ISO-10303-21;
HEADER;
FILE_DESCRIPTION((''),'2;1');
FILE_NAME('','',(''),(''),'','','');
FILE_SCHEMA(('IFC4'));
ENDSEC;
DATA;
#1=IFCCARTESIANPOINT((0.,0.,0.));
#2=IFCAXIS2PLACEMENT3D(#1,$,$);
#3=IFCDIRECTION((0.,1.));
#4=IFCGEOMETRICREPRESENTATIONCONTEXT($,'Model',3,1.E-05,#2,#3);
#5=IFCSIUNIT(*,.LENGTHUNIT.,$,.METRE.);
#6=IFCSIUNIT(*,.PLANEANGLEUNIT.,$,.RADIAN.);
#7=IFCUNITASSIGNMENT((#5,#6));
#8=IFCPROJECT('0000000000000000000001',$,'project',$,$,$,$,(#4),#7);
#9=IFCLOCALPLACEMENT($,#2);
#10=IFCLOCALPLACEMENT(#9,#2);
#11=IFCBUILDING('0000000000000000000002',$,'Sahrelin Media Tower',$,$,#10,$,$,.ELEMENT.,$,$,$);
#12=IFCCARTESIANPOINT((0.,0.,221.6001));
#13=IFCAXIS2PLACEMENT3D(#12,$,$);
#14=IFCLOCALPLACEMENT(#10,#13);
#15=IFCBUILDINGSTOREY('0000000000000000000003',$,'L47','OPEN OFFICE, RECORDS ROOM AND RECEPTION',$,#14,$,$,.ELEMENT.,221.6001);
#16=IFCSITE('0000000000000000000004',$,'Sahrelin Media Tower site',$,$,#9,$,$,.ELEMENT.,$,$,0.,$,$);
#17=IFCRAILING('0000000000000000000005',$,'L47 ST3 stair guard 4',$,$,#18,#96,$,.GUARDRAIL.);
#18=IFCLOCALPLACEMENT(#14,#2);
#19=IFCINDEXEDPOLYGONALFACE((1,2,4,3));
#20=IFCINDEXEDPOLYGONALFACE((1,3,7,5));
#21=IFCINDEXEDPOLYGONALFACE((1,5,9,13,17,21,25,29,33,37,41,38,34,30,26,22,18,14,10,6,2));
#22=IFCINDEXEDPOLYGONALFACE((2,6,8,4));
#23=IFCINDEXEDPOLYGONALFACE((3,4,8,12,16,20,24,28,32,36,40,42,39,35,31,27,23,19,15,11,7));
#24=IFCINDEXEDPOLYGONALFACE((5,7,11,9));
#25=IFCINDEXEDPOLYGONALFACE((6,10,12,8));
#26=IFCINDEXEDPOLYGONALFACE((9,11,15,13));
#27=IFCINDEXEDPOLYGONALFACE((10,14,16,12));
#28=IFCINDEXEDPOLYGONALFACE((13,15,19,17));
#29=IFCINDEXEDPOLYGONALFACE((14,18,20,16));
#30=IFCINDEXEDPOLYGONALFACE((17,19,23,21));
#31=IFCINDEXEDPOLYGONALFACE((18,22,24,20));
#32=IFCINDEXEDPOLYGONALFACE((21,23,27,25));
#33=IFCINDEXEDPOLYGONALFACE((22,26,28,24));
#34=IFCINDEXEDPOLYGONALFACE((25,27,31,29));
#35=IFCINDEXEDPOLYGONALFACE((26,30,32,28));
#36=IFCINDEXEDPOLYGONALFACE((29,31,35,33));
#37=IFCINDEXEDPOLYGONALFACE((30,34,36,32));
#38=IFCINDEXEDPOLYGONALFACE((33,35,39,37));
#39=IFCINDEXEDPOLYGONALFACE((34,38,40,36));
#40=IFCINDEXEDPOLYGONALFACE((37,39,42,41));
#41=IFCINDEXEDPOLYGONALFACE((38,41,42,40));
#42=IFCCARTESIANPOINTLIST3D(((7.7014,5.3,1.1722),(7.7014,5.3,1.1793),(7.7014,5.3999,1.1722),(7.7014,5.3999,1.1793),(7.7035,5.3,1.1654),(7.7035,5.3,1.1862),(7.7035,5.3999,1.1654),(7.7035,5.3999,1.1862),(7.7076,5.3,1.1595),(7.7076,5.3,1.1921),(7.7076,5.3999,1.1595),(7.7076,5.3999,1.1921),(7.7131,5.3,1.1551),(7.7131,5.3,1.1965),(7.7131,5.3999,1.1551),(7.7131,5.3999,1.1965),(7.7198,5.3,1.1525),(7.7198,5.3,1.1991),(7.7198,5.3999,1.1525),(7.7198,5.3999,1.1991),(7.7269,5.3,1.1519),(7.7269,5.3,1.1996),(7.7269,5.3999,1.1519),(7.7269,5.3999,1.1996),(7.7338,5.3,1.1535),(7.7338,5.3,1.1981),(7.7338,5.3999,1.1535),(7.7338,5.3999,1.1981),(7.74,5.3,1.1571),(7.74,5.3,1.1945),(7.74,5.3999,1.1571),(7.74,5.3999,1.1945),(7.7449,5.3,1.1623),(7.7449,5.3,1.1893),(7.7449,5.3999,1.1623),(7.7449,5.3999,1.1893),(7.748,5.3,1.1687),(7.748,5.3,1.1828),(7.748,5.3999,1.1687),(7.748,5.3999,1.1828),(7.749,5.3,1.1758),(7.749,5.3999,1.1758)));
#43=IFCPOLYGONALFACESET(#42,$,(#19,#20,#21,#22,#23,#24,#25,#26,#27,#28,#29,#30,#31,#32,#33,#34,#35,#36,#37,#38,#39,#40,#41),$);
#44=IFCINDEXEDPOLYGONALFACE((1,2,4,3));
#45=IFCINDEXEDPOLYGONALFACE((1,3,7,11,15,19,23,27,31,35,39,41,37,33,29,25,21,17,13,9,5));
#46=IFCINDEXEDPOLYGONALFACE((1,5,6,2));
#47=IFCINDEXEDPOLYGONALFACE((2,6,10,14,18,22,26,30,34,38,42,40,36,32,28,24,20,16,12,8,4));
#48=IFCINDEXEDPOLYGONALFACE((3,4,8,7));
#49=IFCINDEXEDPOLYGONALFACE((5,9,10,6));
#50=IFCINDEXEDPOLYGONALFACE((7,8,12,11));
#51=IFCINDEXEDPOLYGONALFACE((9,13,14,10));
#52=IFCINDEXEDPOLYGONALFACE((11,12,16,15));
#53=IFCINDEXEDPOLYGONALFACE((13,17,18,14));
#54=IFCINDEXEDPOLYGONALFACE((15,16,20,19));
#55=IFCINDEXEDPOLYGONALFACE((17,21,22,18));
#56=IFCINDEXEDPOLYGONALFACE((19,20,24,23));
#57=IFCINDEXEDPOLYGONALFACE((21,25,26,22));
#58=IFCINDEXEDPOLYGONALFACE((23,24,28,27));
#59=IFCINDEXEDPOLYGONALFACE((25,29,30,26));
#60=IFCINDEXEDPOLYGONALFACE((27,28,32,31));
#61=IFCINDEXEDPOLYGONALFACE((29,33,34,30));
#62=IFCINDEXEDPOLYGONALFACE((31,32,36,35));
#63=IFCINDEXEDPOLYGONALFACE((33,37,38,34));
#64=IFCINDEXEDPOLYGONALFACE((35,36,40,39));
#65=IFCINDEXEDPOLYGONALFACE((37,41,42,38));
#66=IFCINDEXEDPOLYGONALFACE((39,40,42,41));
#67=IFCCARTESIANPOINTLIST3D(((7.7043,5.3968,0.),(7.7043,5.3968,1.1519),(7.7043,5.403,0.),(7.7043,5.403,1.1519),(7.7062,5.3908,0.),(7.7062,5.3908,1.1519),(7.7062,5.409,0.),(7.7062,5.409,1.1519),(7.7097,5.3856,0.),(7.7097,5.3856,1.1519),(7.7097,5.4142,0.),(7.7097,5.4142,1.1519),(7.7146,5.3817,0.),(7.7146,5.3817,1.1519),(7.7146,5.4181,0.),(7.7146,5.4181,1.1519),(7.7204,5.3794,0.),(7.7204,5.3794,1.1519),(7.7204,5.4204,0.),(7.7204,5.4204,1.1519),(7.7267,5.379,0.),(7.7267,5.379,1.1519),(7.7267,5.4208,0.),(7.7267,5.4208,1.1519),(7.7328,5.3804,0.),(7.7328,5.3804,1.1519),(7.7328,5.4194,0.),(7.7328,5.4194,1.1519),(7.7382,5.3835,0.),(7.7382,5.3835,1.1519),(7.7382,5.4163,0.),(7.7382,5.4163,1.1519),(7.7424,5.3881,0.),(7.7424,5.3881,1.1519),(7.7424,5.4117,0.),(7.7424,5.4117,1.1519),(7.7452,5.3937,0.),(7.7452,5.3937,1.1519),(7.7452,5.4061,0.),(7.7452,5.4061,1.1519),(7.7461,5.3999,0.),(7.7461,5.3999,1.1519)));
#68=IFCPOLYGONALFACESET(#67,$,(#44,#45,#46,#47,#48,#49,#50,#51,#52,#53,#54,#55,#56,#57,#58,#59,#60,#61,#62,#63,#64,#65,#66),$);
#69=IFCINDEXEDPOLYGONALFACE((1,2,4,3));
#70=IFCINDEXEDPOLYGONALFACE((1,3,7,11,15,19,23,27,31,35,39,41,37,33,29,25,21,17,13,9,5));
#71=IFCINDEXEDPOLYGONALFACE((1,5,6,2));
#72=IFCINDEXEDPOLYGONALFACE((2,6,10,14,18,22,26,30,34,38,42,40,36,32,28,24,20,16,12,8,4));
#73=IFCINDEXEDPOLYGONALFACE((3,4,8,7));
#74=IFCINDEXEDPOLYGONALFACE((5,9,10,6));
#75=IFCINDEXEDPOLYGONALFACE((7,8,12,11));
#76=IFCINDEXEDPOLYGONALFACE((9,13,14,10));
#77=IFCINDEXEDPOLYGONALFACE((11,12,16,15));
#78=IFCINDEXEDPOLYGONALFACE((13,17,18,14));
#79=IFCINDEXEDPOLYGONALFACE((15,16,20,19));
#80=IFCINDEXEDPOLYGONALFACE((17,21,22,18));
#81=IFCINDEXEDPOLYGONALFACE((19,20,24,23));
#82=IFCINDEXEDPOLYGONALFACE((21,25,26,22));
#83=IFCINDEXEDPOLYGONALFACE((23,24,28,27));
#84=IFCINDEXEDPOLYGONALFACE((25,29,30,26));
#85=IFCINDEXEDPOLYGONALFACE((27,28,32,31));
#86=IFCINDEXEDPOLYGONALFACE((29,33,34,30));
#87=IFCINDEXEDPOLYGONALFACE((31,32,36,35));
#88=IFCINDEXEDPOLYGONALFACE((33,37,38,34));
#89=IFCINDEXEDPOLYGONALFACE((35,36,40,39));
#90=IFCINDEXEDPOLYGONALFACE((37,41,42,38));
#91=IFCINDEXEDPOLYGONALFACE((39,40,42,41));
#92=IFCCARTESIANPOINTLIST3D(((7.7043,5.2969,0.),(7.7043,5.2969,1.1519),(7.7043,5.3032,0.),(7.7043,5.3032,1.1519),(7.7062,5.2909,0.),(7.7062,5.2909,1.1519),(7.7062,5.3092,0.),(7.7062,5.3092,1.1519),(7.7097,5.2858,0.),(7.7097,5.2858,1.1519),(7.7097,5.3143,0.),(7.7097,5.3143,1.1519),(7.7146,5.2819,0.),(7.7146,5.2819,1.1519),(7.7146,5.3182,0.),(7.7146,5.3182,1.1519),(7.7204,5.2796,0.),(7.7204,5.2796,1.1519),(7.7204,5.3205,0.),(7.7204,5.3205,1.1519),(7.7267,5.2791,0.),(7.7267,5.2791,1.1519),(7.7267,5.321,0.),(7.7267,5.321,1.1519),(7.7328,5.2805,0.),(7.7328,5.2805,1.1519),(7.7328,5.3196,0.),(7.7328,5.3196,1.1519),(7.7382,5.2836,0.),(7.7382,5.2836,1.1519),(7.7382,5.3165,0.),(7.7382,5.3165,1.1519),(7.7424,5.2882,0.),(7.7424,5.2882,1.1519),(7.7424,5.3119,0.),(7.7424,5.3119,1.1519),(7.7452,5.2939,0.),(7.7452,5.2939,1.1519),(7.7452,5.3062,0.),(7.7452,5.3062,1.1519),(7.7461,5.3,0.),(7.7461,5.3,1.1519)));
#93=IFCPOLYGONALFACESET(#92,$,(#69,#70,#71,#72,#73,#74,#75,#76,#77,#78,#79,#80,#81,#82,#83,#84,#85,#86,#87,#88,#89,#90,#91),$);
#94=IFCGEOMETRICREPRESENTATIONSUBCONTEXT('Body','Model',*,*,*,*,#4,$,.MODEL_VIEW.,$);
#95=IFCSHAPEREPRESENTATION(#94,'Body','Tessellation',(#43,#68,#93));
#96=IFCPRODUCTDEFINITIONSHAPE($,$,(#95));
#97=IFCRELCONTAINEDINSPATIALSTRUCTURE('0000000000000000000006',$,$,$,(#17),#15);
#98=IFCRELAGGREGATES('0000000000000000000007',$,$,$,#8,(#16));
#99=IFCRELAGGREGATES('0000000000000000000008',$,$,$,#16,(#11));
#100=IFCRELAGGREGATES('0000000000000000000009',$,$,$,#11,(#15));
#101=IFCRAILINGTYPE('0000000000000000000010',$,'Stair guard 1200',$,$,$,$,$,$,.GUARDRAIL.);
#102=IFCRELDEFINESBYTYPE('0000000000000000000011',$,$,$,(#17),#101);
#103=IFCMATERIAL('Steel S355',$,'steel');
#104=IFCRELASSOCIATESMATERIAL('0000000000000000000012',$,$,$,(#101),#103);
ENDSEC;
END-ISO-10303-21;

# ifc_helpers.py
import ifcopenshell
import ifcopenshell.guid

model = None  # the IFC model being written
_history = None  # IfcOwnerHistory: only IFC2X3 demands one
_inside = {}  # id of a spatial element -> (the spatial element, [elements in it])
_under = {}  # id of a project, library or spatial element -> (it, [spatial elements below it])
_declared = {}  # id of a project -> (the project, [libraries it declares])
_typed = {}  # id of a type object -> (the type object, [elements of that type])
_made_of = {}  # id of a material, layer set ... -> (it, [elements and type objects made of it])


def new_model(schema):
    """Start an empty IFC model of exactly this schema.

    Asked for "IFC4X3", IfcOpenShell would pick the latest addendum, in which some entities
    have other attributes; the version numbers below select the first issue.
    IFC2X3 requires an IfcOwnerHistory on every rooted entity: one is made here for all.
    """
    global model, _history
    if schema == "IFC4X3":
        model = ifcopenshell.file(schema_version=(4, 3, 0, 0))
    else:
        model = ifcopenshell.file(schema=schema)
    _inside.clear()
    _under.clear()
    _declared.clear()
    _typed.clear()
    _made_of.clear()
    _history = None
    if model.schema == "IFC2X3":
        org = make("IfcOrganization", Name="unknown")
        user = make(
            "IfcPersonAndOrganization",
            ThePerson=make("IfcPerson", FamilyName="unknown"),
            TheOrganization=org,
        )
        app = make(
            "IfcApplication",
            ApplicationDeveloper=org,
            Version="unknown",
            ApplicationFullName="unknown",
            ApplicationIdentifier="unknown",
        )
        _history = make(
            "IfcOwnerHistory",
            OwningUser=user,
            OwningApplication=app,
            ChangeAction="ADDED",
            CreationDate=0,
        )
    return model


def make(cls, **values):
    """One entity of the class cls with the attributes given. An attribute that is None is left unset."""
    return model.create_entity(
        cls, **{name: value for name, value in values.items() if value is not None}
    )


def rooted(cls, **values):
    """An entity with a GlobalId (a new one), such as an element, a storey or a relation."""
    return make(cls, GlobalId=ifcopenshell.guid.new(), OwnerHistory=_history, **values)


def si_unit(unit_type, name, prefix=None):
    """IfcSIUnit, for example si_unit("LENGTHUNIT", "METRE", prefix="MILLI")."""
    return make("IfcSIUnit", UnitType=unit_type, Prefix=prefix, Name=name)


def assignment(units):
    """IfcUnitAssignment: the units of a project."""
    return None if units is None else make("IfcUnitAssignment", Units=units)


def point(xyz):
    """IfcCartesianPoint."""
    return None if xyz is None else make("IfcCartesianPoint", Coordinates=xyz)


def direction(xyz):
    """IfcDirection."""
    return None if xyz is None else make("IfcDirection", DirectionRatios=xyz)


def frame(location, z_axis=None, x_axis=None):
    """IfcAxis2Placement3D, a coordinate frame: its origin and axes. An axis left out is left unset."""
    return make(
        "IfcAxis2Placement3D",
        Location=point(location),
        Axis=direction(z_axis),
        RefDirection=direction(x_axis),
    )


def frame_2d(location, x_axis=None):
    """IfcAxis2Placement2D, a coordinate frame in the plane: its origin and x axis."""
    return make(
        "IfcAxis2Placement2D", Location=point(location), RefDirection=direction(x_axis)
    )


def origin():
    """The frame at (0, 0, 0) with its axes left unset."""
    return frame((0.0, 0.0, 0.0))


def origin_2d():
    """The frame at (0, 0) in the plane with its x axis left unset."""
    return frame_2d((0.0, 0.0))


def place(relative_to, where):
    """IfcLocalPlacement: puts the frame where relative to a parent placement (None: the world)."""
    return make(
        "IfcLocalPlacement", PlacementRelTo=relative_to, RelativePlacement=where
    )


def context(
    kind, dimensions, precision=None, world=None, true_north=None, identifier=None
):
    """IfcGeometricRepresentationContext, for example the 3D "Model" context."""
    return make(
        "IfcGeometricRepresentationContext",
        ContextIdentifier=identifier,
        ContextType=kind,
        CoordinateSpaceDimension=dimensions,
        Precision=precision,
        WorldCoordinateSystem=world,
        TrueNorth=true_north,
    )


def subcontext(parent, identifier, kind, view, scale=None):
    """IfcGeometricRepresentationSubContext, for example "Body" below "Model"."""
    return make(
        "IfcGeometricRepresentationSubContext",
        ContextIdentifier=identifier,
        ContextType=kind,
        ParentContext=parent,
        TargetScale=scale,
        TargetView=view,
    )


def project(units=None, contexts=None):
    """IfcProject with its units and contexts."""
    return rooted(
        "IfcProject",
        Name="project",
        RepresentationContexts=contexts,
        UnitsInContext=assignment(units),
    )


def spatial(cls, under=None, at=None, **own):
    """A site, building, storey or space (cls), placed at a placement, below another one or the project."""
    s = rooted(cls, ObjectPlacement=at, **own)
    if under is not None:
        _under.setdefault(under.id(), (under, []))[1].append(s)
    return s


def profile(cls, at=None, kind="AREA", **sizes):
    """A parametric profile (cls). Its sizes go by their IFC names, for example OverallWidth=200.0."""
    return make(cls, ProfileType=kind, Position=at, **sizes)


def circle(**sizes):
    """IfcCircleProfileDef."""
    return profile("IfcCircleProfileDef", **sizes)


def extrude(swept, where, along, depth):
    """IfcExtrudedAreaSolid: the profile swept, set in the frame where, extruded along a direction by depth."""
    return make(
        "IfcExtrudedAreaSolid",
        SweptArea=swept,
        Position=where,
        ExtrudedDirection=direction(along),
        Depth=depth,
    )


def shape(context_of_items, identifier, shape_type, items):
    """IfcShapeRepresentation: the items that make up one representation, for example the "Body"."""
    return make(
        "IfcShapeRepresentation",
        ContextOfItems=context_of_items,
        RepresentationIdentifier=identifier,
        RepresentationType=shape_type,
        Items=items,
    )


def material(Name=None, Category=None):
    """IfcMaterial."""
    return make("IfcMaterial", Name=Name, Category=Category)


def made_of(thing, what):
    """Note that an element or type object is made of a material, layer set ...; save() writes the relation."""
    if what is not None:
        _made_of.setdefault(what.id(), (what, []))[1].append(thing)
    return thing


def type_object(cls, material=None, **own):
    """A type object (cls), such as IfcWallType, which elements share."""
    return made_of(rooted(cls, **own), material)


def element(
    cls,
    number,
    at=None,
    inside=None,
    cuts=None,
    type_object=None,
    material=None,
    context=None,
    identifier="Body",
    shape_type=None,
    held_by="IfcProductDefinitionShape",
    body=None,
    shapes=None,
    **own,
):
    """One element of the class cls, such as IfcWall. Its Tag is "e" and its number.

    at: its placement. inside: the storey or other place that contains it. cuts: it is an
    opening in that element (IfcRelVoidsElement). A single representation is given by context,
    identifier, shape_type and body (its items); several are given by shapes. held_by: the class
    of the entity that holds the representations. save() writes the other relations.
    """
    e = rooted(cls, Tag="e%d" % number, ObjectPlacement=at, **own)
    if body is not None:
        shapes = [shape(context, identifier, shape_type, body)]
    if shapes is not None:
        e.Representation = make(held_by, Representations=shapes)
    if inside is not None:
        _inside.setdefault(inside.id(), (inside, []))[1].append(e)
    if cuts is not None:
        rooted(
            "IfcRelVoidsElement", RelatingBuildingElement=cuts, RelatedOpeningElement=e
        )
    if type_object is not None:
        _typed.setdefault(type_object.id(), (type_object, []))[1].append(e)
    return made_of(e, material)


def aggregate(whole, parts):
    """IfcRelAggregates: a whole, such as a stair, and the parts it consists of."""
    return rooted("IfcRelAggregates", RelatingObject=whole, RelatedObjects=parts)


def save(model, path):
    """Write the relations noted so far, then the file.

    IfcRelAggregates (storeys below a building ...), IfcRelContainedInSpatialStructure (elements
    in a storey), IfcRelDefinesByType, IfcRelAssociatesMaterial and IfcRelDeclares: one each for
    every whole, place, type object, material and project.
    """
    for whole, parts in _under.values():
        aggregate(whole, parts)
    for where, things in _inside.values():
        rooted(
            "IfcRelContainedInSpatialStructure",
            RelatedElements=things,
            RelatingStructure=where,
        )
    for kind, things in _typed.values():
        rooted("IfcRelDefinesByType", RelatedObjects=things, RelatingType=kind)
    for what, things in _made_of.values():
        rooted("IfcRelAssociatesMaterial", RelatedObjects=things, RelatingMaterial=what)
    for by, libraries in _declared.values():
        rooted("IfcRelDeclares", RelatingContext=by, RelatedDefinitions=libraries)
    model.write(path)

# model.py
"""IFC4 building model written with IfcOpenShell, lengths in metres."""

from ifc_helpers import new_model, si_unit, direction, frame, origin, origin_2d, place, context, subcontext, project, spatial, circle, extrude, material, type_object, element, save


model = new_model("IFC4")

# Units and contexts
model_context = context("Model", 3, precision=1e-05, world=origin(), true_north=direction((0.0, 1.0)))
body_context = subcontext(model_context, "Body", "Model", "MODEL_VIEW")
ifc_project = project(units=[si_unit("LENGTHUNIT", "METRE"), si_unit("PLANEANGLEUNIT", "RADIAN")], contexts=[model_context])

# Site, building, storey
site_placement = place(None, origin())
site = spatial("IfcSite", under=ifc_project, at=site_placement, Name="Sahrelin Media Tower site", CompositionType="ELEMENT", RefElevation=0.0)
building_placement = place(site_placement, origin())
building = spatial("IfcBuilding", under=site, at=building_placement, Name="Sahrelin Media Tower", CompositionType="ELEMENT")
storey_placement = place(building_placement, frame((0.0, 0.0, 221.6001)))
storey = spatial("IfcBuildingStorey", under=building, at=storey_placement, Name="L47", Description="OPEN OFFICE, RECORDS ROOM AND RECEPTION", CompositionType="ELEMENT", Elevation=221.6001)

# Shared definitions
ifc_material_1 = material(Name="Steel S355", Category="steel")

# Railing
railing_type_1 = type_object("IfcRailingType", Name="Stair guard 1200", PredefinedType="GUARDRAIL", material=ifc_material_1)
railing_1_placement = place(storey_placement, frame((7.7251, 5.3999, 0.0)))
element("IfcRailing", 1, at=railing_1_placement, inside=storey, type_object=railing_type_1, Name="L47 ST3 stair guard 4", PredefinedType="GUARDRAIL", context=body_context, shape_type="SweptSolid", body=[
    extrude(circle(Radius=0.0239, at=origin_2d()), frame((0.0, 0.0, 1.1758), z_axis=(0.0, -1.0, 0.0), x_axis=(1.0, 0.0, 0.0)), (0.0, 0.0, 1.0), 0.0999),
    extrude(circle(Radius=0.021, at=origin_2d()), origin(), (0.0, 0.0, 1.0), 1.1519),
    extrude(circle(Radius=0.021, at=origin_2d()), frame((0.0, -0.0999, 0.0)), (0.0, 0.0, 1.0), 1.1519),
])

save(model, "model.ifc")
